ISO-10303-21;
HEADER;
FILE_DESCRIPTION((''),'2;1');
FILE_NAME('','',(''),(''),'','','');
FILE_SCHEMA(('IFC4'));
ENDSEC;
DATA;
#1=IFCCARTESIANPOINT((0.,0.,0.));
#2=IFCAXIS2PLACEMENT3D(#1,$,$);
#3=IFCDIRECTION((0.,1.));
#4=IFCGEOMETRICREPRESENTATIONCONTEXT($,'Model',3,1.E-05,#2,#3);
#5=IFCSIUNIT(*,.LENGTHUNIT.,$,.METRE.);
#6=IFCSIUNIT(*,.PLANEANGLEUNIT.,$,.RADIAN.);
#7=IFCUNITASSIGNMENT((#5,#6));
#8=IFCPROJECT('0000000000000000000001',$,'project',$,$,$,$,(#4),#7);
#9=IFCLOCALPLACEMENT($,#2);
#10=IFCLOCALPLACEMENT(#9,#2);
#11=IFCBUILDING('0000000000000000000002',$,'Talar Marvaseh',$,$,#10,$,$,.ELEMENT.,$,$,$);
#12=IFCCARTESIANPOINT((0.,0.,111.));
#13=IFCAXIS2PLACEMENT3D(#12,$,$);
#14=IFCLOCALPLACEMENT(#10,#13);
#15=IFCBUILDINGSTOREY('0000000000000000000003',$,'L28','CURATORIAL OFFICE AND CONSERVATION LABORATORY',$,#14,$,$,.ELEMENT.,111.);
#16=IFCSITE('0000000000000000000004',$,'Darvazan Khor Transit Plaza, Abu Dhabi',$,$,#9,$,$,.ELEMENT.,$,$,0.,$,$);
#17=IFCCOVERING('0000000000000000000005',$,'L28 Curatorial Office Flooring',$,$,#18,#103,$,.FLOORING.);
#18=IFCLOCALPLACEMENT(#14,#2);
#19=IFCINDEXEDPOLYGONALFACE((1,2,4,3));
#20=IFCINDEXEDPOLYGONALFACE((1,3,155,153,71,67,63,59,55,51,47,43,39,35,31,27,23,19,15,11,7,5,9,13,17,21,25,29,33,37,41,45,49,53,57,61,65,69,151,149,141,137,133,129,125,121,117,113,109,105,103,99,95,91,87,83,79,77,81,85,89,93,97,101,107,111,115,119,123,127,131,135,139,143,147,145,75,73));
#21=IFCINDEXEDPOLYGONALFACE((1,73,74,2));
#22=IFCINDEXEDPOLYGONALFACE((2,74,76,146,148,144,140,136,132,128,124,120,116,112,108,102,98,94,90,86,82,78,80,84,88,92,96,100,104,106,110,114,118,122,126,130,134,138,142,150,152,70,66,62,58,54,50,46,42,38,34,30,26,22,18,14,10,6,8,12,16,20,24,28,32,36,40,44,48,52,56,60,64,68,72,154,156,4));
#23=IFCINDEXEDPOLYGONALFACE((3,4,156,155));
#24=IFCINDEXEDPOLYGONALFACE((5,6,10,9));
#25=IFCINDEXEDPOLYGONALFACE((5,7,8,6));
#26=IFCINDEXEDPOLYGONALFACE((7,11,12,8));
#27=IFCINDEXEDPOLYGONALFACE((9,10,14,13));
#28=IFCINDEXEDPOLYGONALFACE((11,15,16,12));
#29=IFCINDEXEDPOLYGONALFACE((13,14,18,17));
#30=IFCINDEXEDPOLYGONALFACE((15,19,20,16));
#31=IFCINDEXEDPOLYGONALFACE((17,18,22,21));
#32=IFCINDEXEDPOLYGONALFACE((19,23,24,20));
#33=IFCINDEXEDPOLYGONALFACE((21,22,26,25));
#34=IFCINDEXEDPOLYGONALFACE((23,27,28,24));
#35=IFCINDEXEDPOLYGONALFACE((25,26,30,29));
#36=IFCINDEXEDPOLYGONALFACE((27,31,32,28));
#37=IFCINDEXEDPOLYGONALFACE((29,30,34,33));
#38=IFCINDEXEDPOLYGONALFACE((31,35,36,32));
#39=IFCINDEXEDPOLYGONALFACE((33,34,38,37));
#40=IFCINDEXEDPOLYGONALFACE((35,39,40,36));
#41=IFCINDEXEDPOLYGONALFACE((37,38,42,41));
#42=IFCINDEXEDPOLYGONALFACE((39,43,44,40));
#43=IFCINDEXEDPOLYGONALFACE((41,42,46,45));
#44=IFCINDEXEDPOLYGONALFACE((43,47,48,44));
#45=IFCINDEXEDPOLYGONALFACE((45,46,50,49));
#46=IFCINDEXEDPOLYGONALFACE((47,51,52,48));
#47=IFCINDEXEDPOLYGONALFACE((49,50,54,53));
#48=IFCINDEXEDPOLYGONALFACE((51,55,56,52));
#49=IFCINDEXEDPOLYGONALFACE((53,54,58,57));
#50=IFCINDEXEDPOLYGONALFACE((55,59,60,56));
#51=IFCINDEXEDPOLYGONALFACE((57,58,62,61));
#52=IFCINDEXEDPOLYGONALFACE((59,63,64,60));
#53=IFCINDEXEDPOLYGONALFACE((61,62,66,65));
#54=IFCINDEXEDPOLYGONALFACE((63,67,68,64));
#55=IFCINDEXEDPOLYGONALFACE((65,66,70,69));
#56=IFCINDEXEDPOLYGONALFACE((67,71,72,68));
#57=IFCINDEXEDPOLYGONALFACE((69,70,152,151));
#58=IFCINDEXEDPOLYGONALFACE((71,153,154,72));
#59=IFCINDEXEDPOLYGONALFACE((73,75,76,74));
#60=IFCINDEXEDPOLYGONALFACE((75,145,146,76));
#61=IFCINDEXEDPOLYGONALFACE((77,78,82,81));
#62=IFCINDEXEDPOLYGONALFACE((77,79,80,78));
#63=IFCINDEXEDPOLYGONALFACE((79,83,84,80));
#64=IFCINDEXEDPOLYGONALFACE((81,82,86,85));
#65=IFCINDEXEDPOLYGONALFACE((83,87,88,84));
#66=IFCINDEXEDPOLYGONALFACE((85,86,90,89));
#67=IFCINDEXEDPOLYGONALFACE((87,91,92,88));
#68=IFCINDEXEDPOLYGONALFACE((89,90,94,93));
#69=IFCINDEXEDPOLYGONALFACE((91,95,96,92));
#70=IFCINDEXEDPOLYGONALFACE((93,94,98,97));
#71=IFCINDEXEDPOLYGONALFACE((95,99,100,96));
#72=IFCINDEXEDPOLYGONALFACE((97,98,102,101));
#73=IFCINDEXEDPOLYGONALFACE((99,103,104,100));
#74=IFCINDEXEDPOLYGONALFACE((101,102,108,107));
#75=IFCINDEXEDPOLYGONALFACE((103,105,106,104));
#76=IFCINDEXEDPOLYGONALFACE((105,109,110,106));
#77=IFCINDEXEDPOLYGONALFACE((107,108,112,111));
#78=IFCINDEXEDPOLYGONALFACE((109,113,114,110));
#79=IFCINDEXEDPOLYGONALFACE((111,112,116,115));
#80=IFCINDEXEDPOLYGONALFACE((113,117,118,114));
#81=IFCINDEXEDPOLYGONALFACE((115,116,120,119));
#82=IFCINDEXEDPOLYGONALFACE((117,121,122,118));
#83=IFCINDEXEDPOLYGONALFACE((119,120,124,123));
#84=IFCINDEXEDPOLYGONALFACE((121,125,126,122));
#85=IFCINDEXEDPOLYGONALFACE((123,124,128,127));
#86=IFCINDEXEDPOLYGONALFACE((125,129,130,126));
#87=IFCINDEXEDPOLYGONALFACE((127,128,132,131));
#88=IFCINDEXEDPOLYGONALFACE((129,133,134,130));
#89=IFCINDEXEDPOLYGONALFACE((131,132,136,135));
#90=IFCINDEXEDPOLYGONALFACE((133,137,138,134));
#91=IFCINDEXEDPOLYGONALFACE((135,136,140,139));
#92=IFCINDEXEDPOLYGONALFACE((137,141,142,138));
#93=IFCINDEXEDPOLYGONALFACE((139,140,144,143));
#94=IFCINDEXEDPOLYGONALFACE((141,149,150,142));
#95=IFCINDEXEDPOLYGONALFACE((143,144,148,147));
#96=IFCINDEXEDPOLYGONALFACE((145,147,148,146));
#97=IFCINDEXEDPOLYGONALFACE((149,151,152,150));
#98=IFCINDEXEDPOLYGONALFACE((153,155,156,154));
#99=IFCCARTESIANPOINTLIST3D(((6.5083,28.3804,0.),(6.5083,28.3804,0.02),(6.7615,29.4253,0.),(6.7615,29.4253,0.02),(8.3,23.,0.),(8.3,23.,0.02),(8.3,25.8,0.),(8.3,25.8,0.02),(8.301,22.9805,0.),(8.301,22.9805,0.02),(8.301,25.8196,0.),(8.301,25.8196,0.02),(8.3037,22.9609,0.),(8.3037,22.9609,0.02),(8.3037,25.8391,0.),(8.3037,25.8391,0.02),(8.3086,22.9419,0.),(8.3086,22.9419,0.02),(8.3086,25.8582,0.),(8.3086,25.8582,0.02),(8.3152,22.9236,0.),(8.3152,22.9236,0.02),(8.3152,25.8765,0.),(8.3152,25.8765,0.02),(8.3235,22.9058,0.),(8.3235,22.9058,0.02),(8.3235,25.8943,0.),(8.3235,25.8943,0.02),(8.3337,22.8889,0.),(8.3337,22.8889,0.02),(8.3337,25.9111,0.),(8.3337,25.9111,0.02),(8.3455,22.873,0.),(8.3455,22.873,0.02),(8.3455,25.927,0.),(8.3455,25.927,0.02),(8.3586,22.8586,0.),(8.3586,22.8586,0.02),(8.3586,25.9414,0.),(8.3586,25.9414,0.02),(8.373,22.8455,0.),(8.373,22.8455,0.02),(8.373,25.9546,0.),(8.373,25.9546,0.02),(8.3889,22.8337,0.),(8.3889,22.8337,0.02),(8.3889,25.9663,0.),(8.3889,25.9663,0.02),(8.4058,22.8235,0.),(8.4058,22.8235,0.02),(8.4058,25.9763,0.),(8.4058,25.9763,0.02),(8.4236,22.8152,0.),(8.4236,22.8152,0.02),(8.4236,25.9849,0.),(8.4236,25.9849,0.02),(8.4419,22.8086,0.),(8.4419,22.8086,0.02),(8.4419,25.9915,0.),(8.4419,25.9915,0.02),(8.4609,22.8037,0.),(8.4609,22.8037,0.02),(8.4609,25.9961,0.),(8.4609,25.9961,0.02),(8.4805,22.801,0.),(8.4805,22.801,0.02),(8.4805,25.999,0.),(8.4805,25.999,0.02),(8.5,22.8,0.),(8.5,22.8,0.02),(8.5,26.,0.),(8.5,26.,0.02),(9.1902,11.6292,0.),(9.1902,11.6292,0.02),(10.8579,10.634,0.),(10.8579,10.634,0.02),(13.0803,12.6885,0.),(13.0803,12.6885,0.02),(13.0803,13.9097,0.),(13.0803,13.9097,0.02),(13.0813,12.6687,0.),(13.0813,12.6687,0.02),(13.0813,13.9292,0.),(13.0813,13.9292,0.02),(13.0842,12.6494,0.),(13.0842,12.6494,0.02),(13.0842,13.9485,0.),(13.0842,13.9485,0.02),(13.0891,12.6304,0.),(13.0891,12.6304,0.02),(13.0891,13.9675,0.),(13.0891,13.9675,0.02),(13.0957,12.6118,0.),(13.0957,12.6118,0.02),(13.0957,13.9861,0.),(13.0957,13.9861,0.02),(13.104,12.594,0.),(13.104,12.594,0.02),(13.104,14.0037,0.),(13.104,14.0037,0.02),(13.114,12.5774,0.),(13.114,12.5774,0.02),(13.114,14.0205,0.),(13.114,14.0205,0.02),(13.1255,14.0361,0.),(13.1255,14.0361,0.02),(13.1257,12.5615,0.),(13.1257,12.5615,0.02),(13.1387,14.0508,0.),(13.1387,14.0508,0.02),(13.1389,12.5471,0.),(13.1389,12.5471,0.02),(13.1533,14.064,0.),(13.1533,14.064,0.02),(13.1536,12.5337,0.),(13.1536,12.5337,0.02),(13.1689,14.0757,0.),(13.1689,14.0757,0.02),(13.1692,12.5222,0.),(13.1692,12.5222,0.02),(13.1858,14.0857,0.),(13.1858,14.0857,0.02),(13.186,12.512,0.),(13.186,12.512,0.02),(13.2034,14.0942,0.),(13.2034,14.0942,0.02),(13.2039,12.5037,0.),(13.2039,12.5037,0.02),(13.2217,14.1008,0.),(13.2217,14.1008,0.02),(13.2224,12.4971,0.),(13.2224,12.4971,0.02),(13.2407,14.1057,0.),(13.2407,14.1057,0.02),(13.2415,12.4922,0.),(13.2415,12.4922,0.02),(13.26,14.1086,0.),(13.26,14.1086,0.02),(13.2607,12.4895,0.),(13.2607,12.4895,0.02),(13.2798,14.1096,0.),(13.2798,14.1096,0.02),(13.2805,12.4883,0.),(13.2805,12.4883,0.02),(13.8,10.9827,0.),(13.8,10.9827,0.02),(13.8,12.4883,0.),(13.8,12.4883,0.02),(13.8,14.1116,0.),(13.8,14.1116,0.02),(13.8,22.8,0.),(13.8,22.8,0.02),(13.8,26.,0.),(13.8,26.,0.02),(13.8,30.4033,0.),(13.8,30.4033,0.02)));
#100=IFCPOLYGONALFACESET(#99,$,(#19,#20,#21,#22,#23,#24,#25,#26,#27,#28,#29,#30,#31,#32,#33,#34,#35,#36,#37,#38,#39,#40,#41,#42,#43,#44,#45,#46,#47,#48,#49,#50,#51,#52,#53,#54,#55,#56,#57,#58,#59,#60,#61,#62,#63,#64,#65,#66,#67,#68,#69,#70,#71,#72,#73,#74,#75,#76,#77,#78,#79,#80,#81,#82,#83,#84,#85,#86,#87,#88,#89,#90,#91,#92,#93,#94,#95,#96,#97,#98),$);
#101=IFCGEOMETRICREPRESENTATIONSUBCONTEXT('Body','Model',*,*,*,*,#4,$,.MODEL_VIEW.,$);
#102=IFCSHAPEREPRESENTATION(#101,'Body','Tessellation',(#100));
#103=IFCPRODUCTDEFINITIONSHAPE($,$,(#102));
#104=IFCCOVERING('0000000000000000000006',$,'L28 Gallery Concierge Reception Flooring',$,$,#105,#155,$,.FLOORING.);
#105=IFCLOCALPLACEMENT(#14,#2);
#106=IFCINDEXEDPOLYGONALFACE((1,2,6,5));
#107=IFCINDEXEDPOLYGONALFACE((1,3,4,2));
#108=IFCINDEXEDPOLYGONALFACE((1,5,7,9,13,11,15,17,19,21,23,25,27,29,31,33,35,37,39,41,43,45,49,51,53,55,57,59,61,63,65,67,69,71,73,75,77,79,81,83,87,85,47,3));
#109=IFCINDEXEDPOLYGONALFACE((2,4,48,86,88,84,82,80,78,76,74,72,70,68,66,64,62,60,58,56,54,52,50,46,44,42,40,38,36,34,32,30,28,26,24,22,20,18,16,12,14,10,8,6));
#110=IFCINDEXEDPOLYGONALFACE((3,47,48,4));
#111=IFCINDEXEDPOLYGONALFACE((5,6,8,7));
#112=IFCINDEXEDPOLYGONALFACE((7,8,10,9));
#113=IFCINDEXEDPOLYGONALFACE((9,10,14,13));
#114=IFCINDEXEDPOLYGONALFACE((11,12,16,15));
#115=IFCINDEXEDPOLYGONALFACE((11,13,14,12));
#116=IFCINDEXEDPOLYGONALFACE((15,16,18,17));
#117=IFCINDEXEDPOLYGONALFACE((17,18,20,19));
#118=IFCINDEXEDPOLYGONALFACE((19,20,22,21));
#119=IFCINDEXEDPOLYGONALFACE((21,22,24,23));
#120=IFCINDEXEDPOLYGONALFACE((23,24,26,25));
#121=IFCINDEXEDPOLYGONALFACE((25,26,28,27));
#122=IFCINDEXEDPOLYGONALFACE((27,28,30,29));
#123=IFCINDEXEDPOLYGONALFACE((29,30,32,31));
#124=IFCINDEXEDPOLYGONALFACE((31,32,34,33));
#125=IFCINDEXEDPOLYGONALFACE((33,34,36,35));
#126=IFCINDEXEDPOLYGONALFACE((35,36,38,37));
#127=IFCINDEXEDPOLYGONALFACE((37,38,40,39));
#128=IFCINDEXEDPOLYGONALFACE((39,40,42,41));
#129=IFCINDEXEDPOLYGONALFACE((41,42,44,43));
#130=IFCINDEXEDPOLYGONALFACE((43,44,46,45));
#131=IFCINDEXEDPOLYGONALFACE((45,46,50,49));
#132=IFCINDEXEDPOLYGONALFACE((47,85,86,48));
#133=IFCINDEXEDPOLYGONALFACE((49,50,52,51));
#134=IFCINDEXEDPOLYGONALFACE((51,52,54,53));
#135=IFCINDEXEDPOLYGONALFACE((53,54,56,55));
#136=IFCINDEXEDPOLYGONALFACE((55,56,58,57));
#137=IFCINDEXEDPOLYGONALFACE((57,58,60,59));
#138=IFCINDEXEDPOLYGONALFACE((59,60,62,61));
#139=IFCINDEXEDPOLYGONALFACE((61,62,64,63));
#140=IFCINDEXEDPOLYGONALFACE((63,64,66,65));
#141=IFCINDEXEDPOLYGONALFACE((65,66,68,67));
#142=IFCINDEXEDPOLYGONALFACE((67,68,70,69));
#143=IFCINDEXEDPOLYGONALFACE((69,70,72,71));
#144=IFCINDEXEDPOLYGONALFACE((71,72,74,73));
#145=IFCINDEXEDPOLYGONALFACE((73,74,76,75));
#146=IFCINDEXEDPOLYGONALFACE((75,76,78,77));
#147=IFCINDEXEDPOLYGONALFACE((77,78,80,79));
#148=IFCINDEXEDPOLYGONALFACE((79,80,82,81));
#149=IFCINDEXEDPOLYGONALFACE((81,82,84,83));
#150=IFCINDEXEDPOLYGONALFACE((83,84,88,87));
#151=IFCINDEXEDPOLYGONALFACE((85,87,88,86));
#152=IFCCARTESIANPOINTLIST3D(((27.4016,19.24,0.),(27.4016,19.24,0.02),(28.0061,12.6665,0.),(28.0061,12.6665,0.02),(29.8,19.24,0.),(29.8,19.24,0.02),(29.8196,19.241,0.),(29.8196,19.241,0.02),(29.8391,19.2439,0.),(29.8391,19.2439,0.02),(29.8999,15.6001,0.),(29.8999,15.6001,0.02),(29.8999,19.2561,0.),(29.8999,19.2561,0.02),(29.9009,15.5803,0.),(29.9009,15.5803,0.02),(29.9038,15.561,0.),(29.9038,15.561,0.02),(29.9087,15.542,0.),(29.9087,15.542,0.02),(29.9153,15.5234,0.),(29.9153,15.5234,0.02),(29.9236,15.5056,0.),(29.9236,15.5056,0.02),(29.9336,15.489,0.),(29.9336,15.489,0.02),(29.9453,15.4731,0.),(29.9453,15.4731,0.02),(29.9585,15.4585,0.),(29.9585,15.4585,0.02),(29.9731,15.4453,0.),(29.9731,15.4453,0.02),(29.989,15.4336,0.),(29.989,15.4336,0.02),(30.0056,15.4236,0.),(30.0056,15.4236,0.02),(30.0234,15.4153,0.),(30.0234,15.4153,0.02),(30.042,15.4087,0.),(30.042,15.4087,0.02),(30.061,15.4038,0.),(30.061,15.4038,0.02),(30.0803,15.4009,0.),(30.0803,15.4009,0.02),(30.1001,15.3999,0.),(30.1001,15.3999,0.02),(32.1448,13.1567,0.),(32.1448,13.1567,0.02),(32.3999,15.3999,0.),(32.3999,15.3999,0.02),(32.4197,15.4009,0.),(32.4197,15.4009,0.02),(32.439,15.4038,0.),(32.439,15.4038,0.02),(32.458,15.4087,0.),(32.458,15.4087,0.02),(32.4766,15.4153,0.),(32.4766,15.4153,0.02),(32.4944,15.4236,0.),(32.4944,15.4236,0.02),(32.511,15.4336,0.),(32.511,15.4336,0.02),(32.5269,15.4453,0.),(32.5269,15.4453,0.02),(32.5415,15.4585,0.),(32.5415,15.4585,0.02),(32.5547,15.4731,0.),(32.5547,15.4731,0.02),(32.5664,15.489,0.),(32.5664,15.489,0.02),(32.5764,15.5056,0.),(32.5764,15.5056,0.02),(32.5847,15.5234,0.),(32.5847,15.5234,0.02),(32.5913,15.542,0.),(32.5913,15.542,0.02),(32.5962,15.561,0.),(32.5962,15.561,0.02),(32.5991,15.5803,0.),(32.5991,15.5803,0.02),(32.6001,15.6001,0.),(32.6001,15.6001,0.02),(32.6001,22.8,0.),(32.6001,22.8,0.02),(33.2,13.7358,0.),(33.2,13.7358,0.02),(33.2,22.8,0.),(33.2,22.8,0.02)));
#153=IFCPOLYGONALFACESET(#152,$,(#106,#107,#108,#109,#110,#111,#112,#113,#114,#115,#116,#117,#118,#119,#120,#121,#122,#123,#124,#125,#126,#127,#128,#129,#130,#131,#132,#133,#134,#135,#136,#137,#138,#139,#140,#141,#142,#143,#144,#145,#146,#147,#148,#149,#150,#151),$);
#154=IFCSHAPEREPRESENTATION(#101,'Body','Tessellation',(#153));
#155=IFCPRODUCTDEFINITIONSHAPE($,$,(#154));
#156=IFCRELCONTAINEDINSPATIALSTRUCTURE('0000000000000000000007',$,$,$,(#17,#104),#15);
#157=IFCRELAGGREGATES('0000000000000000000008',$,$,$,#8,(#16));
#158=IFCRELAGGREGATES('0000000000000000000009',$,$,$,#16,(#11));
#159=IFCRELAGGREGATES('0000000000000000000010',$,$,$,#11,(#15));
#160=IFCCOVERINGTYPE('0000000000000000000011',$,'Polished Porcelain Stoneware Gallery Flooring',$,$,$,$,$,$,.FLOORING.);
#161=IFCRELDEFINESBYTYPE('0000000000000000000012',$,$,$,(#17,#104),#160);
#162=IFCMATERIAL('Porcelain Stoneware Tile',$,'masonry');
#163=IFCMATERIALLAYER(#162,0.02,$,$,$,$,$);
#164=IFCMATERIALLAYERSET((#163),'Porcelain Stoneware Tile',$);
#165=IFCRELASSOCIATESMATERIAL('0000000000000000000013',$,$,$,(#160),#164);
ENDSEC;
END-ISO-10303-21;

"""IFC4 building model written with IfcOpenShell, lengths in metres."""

from ifc_helpers import new_model, si_unit, direction, frame, origin, place, context, subcontext, project, spatial, polyline, outline, extrude, material, layer, layer_set, type_object, element, save


model = new_model("IFC4")

# Units and contexts
model_context = context("Model", 3, precision=1e-05, world=origin(), true_north=direction((0.0, 1.0)))
body_context = subcontext(model_context, "Body", "Model", "MODEL_VIEW")
ifc_project = project(units=[si_unit("LENGTHUNIT", "METRE"), si_unit("PLANEANGLEUNIT", "RADIAN")], contexts=[model_context])

# Site, building, storey
site_placement = place(None, origin())
site = spatial("IfcSite", under=ifc_project, at=site_placement, Name="Darvazan Khor Transit Plaza, Abu Dhabi", CompositionType="ELEMENT", RefElevation=0.0)
building_placement = place(site_placement, origin())
building = spatial("IfcBuilding", under=site, at=building_placement, Name="Talar Marvaseh", CompositionType="ELEMENT")
storey_placement = place(building_placement, frame((0.0, 0.0, 111.0)))
storey = spatial("IfcBuildingStorey", under=building, at=storey_placement, Name="L28", Description="CURATORIAL OFFICE AND CONSERVATION LABORATORY", CompositionType="ELEMENT", Elevation=111.0)

# Coverings
ifc_material_1 = material(Name="Porcelain Stoneware Tile", Category="masonry")
ifc_layer_1 = layer(ifc_material_1, 0.02)
ifc_layer_set_1 = layer_set([ifc_layer_1], Name="Porcelain Stoneware Tile")
covering_type_1 = type_object("IfcCoveringType", Name="Polished Porcelain Stoneware Gallery Flooring", PredefinedType="FLOORING", material=ifc_layer_set_1)
covering_1_placement = place(storey_placement, origin())
element("IfcCovering", 1, at=covering_1_placement, inside=storey, type_object=covering_type_1, Name="L28 Curatorial Office Flooring", PredefinedType="FLOORING", context=body_context, shape_type="SweptSolid", body=[
    extrude(outline(polyline([(6.7615, 29.4253), (13.8, 30.4033), (13.8, 26.0), (8.5, 26.0), (8.4805, 25.999), (8.4609, 25.9961), (8.4419, 25.9915), (8.4236, 25.9849), (8.4058, 25.9763), (8.3889, 25.9663), (8.373, 25.9546), (8.3586, 25.9414), (8.3455, 25.927), (8.3337, 25.9111), (8.3235, 25.8943), (8.3152, 25.8765), (8.3086, 25.8582), (8.3037, 25.8391), (8.301, 25.8196), (8.3, 25.8), (8.3, 23.0), (8.301, 22.9805), (8.3037, 22.9609), (8.3086, 22.9419), (8.3152, 22.9236), (8.3235, 22.9058), (8.3337, 22.8889), (8.3455, 22.873), (8.3586, 22.8586), (8.373, 22.8455), (8.3889, 22.8337), (8.4058, 22.8235), (8.4236, 22.8152), (8.4419, 22.8086), (8.4609, 22.8037), (8.4805, 22.801), (8.5, 22.8), (13.8, 22.8), (13.8, 14.1116), (13.2798, 14.1096), (13.26, 14.1086), (13.2407, 14.1057), (13.2217, 14.1008), (13.2034, 14.0942), (13.1858, 14.0857), (13.1689, 14.0757), (13.1533, 14.064), (13.1387, 14.0508), (13.1255, 14.0361), (13.114, 14.0205), (13.104, 14.0037), (13.0957, 13.9861), (13.0891, 13.9675), (13.0842, 13.9485), (13.0813, 13.9292), (13.0803, 13.9097), (13.0803, 12.6885), (13.0813, 12.6687), (13.0842, 12.6494), (13.0891, 12.6304), (13.0957, 12.6118), (13.104, 12.594), (13.114, 12.5774), (13.1257, 12.5615), (13.1389, 12.5471), (13.1536, 12.5337), (13.1692, 12.5222), (13.186, 12.512), (13.2039, 12.5037), (13.2224, 12.4971), (13.2415, 12.4922), (13.2607, 12.4895), (13.2805, 12.4883), (13.8, 12.4883), (13.8, 10.9827), (10.8579, 10.634), (9.1902, 11.6292), (6.5083, 28.3804), (6.7615, 29.4253)])), origin(), (0.0, 0.0, 1.0), 0.02),
])
covering_2_placement = place(storey_placement, origin())
element("IfcCovering", 2, at=covering_2_placement, inside=storey, type_object=covering_type_1, Name="L28 Gallery Concierge Reception Flooring", PredefinedType="FLOORING", context=body_context, shape_type="SweptSolid", body=[
    extrude(outline(polyline([(29.9009, 15.5803), (29.9038, 15.561), (29.9087, 15.542), (29.9153, 15.5234), (29.9236, 15.5056), (29.9336, 15.489), (29.9453, 15.4731), (29.9585, 15.4585), (29.9731, 15.4453), (29.989, 15.4336), (30.0056, 15.4236), (30.0234, 15.4153), (30.042, 15.4087), (30.061, 15.4038), (30.0803, 15.4009), (30.1001, 15.3999), (32.3999, 15.3999), (32.4197, 15.4009), (32.439, 15.4038), (32.458, 15.4087), (32.4766, 15.4153), (32.4944, 15.4236), (32.511, 15.4336), (32.5269, 15.4453), (32.5415, 15.4585), (32.5547, 15.4731), (32.5664, 15.489), (32.5764, 15.5056), (32.5847, 15.5234), (32.5913, 15.542), (32.5962, 15.561), (32.5991, 15.5803), (32.6001, 15.6001), (32.6001, 22.8), (33.2, 22.8), (33.2, 13.7358), (32.1448, 13.1567), (28.0061, 12.6665), (27.4016, 19.24), (29.8, 19.24), (29.8196, 19.241), (29.8391, 19.2439), (29.8999, 19.2561), (29.8999, 15.6001), (29.9009, 15.5803)])), origin(), (0.0, 0.0, 1.0), 0.02),
])

save(model, "model.ifc")
